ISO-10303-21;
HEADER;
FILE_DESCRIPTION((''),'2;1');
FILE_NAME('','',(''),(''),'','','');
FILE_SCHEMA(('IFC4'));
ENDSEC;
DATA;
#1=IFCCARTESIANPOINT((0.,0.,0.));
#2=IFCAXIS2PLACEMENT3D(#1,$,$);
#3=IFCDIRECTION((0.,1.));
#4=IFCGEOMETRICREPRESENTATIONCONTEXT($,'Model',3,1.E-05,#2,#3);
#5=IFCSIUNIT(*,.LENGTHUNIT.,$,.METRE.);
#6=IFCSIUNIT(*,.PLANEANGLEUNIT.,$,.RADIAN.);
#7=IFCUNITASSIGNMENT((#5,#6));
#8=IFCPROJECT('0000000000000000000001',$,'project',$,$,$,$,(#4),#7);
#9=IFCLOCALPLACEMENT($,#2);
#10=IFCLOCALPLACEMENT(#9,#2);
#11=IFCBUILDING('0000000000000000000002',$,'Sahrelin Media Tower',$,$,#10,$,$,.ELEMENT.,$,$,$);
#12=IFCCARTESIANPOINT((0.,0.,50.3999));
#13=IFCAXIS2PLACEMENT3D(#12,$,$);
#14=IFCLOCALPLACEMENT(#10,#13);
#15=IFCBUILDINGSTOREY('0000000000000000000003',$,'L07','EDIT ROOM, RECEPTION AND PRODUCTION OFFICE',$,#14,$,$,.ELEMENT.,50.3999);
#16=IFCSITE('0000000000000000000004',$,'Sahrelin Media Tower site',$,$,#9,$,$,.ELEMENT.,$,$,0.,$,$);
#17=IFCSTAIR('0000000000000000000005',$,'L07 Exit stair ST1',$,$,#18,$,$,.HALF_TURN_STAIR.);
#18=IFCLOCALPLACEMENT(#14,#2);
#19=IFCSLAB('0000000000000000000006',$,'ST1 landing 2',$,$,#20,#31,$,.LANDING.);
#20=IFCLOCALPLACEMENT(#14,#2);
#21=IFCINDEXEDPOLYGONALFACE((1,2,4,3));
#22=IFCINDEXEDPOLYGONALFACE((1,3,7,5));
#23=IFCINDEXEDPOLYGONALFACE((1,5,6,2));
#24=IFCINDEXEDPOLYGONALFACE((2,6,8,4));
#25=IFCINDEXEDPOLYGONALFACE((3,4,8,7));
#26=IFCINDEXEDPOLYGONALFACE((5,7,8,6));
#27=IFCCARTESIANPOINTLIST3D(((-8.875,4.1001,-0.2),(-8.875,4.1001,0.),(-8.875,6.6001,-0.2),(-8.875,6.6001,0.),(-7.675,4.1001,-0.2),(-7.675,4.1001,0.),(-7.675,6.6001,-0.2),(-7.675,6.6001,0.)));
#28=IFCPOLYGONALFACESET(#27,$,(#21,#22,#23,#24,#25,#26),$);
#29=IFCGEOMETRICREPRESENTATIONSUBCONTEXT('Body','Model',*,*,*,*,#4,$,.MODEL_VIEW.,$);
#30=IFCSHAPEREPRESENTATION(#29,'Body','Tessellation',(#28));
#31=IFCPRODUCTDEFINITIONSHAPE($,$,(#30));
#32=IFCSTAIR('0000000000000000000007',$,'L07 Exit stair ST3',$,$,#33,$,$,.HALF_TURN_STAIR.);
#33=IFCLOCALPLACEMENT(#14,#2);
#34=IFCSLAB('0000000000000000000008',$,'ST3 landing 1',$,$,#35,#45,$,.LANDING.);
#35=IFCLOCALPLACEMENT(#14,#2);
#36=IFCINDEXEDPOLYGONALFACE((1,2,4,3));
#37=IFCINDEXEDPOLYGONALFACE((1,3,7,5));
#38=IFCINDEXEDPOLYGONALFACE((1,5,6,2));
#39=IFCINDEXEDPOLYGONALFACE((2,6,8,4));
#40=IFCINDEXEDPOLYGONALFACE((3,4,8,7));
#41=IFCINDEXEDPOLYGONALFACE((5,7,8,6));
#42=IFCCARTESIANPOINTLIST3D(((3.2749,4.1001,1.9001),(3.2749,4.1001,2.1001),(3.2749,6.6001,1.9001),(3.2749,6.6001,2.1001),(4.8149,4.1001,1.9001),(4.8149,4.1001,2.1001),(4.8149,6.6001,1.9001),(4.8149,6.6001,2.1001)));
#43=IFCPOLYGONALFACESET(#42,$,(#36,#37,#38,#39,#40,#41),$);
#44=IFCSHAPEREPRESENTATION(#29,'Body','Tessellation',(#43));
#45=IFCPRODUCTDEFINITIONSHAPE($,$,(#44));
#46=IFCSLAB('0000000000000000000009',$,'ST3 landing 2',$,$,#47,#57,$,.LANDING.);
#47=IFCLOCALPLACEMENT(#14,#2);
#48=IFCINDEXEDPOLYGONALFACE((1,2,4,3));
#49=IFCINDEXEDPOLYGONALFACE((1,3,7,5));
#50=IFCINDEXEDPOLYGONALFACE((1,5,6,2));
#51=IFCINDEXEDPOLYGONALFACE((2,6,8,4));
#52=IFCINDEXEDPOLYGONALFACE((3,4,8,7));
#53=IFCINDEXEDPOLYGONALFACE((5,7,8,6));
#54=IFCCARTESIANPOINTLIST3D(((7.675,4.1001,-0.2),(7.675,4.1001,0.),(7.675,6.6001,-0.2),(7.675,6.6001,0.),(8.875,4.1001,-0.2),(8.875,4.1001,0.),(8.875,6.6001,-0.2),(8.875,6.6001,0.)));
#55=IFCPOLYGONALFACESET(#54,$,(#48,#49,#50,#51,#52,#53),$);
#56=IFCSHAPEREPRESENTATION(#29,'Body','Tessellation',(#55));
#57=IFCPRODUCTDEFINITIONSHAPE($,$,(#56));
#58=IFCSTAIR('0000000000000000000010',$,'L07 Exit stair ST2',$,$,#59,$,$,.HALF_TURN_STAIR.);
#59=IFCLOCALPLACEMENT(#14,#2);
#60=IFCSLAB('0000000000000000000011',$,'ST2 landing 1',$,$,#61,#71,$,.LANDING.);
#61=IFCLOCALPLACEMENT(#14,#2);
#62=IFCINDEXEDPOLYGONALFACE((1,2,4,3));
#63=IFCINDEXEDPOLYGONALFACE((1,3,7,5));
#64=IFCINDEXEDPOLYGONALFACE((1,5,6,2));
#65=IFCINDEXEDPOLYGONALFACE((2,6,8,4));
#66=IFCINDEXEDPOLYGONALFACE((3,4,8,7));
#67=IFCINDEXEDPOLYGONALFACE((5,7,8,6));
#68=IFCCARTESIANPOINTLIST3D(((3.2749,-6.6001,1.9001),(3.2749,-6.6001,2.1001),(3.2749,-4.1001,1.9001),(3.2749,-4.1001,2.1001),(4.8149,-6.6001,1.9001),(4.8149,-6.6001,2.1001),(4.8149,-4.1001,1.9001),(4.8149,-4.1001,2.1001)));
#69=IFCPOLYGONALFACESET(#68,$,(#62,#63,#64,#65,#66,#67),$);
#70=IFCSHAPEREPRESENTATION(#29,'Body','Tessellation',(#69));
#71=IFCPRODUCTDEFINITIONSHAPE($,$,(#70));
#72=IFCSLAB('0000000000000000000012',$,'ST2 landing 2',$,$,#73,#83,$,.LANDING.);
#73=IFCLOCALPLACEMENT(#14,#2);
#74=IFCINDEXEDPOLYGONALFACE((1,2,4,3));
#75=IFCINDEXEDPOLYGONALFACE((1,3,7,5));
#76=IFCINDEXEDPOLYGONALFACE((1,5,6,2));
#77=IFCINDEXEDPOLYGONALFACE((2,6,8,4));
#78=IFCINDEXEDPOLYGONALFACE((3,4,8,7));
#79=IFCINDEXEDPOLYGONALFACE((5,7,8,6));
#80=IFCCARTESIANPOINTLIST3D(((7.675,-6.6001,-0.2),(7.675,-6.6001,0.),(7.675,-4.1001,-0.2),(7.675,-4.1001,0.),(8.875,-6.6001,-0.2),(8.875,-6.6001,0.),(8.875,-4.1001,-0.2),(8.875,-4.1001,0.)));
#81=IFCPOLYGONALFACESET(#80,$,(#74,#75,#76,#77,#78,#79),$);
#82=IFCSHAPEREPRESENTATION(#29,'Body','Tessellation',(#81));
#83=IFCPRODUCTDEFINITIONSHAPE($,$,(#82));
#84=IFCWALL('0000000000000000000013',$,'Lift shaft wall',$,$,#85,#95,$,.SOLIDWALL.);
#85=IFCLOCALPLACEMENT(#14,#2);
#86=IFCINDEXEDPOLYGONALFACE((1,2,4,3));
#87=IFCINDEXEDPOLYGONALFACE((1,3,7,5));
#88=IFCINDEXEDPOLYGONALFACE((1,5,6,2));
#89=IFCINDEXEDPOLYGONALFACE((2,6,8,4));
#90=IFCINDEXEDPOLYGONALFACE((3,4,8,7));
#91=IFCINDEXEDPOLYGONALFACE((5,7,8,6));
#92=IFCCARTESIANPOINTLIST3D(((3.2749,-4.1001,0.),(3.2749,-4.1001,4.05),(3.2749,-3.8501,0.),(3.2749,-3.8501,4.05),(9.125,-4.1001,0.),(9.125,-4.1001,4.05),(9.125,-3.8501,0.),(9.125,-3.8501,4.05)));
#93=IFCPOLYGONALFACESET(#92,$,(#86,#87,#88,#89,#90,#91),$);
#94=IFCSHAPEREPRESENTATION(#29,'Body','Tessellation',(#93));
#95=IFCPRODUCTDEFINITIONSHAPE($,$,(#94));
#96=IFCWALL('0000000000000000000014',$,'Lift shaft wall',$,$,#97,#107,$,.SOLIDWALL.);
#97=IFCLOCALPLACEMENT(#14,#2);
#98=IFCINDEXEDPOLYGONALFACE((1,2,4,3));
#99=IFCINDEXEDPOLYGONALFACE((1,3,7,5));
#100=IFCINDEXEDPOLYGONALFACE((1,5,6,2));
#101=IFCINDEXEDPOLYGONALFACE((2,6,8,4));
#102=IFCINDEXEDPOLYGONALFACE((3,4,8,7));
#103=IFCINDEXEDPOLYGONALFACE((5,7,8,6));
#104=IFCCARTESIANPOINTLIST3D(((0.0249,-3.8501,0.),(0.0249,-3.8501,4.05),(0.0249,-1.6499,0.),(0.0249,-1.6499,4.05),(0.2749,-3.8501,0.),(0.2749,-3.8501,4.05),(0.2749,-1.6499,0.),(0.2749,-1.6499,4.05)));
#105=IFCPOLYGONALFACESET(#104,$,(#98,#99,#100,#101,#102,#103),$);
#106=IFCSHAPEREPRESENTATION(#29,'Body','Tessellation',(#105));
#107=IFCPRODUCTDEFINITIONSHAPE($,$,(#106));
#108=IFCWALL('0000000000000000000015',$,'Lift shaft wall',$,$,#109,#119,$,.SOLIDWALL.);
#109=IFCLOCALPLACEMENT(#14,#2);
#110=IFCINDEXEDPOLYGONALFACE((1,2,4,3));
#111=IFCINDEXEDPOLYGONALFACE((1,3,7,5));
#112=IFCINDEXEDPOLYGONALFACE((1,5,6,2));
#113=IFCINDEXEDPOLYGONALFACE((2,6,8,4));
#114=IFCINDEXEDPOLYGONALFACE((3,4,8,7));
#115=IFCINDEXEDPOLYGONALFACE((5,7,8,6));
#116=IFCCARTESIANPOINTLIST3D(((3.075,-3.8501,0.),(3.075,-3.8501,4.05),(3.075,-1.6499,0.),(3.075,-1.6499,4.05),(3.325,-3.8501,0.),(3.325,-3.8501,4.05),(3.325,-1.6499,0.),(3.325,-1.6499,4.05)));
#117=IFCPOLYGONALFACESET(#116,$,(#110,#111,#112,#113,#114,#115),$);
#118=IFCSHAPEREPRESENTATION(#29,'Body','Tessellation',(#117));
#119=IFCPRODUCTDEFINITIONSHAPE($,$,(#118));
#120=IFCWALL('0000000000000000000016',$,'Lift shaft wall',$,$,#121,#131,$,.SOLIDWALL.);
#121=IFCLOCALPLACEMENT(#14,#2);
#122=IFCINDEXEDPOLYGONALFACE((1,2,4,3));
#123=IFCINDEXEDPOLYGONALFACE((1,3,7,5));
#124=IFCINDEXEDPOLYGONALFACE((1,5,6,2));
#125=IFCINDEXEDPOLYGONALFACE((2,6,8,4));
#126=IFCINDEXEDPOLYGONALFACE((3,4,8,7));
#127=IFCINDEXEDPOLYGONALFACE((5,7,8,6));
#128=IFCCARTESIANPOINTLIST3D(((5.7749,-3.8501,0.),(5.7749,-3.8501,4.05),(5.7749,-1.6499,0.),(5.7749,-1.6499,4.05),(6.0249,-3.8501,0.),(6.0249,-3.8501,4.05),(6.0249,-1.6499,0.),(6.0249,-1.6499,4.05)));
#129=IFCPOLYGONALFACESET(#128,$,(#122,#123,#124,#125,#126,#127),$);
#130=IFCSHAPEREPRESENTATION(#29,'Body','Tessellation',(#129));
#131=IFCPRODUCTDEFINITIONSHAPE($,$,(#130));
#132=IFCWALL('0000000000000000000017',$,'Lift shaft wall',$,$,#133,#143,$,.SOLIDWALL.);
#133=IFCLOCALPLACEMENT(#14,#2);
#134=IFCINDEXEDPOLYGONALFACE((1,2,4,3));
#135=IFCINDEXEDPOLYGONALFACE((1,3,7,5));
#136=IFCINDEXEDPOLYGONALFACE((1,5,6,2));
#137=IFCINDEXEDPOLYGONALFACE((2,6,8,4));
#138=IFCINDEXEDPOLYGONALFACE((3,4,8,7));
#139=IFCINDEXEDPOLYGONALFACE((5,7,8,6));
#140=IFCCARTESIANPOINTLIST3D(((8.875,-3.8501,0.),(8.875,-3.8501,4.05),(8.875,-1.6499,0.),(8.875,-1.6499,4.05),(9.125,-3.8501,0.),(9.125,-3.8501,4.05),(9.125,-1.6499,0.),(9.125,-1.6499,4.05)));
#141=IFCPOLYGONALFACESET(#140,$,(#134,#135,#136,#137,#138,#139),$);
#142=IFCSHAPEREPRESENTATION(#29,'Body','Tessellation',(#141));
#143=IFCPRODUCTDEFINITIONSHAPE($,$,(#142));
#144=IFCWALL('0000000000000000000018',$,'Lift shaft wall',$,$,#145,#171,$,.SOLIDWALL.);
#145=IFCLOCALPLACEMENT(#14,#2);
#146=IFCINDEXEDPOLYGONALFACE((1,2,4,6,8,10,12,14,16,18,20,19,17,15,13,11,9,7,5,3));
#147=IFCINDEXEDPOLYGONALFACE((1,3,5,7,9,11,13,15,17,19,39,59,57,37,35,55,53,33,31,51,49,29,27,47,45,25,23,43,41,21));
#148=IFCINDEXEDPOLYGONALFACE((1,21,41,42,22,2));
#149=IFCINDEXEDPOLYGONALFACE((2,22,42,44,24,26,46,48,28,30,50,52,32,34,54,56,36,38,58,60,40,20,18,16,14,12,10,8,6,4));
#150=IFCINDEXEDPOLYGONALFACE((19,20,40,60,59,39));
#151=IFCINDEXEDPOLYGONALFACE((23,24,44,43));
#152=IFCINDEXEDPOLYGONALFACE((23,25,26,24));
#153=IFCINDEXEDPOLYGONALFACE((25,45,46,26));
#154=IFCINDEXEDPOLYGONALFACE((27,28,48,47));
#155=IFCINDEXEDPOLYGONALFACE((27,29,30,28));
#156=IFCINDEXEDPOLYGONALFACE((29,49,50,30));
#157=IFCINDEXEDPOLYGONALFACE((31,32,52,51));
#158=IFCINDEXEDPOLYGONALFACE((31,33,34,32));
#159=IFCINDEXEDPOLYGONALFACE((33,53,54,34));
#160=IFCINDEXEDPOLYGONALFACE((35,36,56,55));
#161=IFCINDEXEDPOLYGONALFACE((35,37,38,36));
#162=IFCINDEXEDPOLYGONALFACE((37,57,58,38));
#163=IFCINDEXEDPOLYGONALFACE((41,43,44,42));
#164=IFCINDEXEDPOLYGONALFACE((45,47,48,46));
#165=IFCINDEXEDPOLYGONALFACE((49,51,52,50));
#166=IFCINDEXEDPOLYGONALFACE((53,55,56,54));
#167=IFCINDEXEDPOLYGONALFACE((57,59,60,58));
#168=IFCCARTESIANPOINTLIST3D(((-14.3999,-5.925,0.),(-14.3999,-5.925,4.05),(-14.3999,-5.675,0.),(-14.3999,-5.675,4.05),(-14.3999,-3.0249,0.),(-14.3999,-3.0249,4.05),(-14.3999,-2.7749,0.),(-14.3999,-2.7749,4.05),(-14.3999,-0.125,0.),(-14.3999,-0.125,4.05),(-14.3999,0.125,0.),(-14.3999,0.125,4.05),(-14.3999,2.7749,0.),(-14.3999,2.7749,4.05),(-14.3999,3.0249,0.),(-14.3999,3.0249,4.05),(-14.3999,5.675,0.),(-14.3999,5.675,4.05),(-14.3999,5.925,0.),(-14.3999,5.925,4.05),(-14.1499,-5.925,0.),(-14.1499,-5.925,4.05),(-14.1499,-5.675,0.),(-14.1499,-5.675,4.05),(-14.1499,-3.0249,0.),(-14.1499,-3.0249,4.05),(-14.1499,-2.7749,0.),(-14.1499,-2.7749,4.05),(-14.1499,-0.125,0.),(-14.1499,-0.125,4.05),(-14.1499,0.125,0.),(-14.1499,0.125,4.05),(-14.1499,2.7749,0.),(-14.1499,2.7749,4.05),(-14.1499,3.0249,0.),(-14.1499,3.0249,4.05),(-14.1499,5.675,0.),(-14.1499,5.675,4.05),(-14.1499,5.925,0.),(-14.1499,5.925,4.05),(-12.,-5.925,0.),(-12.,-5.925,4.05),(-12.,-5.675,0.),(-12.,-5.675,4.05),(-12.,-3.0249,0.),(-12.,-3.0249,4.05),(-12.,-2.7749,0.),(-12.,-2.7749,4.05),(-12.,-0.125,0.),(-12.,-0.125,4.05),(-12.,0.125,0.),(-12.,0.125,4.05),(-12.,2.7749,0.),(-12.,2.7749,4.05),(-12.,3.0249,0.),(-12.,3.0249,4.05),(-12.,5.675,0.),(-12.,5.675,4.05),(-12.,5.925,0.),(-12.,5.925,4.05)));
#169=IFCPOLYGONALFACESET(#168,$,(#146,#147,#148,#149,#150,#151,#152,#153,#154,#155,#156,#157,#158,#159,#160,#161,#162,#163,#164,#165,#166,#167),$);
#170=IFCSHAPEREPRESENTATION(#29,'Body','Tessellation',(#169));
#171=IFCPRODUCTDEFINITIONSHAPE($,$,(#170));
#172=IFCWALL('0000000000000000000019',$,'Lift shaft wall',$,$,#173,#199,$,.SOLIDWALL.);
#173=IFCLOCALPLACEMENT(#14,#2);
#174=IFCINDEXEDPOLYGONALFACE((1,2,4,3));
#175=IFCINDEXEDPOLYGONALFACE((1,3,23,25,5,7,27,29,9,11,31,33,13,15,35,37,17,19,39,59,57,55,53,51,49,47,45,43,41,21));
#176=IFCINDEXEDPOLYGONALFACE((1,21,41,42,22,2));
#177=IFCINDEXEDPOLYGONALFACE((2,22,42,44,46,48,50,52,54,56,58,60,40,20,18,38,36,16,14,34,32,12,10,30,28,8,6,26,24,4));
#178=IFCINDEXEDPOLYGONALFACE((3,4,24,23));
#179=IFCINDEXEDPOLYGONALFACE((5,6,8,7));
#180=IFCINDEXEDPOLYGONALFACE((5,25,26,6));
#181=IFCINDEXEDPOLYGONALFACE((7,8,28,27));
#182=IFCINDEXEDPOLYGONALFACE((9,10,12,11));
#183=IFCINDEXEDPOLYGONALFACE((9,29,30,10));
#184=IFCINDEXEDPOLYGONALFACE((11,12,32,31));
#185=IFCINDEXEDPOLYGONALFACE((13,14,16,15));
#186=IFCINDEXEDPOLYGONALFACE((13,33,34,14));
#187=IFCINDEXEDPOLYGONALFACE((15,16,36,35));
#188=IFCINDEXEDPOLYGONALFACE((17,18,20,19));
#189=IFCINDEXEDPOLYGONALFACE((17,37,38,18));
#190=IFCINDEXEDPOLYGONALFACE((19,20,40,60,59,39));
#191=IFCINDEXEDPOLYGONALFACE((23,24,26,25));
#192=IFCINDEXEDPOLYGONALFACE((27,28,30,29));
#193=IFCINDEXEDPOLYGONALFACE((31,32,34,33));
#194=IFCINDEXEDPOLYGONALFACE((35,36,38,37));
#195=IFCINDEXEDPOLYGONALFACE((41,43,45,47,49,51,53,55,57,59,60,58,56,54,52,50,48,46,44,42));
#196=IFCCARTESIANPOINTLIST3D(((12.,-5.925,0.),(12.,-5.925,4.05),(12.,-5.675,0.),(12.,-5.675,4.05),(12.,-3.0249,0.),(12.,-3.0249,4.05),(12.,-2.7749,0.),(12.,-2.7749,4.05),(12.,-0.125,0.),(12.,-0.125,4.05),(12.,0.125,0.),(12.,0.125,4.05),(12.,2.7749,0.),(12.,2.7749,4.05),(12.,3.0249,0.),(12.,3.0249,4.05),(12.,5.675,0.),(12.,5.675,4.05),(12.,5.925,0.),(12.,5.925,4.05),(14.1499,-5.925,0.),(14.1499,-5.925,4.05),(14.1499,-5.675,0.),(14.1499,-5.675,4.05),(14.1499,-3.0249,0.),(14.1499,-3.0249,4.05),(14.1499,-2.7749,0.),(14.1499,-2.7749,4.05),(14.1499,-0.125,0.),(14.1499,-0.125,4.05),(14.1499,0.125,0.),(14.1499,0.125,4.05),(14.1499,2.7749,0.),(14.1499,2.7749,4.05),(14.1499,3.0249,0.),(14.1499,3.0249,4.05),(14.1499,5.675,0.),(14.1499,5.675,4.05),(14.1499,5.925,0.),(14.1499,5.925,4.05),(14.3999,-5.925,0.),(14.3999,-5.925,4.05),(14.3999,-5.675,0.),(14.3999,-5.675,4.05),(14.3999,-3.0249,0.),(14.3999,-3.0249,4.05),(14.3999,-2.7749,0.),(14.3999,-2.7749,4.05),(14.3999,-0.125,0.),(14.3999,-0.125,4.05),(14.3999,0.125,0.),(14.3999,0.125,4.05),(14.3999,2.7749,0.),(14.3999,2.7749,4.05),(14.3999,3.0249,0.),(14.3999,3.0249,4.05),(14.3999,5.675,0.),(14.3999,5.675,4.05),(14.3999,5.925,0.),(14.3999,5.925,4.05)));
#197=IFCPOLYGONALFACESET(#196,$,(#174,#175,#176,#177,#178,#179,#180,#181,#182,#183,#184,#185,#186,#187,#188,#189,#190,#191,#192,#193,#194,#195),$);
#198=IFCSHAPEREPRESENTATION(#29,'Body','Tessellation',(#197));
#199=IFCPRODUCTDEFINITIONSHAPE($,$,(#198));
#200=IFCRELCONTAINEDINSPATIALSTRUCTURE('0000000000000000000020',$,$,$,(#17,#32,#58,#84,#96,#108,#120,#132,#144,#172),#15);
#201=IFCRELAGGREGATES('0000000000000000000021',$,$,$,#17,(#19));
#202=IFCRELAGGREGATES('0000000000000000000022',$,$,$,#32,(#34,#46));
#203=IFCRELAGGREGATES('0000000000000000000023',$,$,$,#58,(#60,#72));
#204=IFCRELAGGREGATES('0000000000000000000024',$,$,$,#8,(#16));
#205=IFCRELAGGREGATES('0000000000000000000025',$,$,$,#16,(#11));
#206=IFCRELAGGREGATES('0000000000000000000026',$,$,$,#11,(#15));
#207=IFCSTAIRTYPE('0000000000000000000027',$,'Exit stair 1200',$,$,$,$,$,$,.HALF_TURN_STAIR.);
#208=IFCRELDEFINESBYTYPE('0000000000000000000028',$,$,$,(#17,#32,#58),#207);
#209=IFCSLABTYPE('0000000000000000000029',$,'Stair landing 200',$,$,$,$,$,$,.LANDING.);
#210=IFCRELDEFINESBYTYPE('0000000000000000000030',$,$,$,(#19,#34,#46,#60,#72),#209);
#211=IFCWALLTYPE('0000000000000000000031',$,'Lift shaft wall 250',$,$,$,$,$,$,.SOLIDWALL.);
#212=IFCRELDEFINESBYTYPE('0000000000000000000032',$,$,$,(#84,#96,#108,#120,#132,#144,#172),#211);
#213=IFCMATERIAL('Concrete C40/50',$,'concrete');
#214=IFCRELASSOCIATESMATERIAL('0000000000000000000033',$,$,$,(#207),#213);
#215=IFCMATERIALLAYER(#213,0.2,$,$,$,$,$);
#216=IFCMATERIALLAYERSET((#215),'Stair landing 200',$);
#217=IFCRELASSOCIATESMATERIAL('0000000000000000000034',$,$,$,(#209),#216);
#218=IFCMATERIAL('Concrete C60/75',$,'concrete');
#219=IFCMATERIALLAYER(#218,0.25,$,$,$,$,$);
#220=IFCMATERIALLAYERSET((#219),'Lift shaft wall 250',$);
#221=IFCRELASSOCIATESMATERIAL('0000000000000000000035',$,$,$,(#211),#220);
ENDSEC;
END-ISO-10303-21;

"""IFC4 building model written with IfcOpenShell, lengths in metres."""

from ifc_helpers import new_model, si_unit, direction, frame, frame_2d, origin, place, context, subcontext, project, spatial, polyline, rectangle, outline, extrude, material, layer, layer_set, type_object, element, aggregate, save


model = new_model("IFC4")

# Units and contexts
model_context = context("Model", 3, precision=1e-05, world=origin(), true_north=direction((0.0, 1.0)))
body_context = subcontext(model_context, "Body", "Model", "MODEL_VIEW")
ifc_project = project(units=[si_unit("LENGTHUNIT", "METRE"), si_unit("PLANEANGLEUNIT", "RADIAN")], contexts=[model_context])

# Site, building, storey
site_placement = place(None, origin())
site = spatial("IfcSite", under=ifc_project, at=site_placement, Name="Sahrelin Media Tower site", CompositionType="ELEMENT", RefElevation=0.0)
building_placement = place(site_placement, origin())
building = spatial("IfcBuilding", under=site, at=building_placement, Name="Sahrelin Media Tower", CompositionType="ELEMENT")
storey_placement = place(building_placement, frame((0.0, 0.0, 50.3999)))
storey = spatial("IfcBuildingStorey", under=building, at=storey_placement, Name="L07", Description="EDIT ROOM, RECEPTION AND PRODUCTION OFFICE", CompositionType="ELEMENT", Elevation=50.3999)

# Shared definitions
ifc_material_1 = material(Name="Concrete C40/50", Category="concrete")

# Stairs, slabs
stair_type = type_object("IfcStairType", Name="Exit stair 1200", PredefinedType="HALF_TURN_STAIR", material=ifc_material_1)
placement_1 = place(storey_placement, origin())
stair_1 = element("IfcStair", 1, at=placement_1, inside=storey, type_object=stair_type, Name="L07 Exit stair ST1", PredefinedType="HALF_TURN_STAIR")
ifc_layer_1 = layer(ifc_material_1, 0.2)
ifc_layer_set_1 = layer_set([ifc_layer_1], Name="Stair landing 200")
slab_type_1 = type_object("IfcSlabType", Name="Stair landing 200", PredefinedType="LANDING", material=ifc_layer_set_1)
placement_2 = place(storey_placement, frame((0.0, 0.0, 1.9001)))
placement_3 = place(storey_placement, frame((0.0, 0.0, -0.2)))
slab_1 = element("IfcSlab", 2, at=placement_3, type_object=slab_type_1, Name="ST1 landing 2", PredefinedType="LANDING", context=body_context, shape_type="SweptSolid", body=[
    extrude(outline(polyline([(-8.875, 4.1001), (-7.675, 4.1001), (-7.675, 6.6001), (-8.875, 6.6001), (-8.875, 4.1001)])), origin(), (0.0, 0.0, 1.0), 0.2),
])
aggregate(stair_1, [slab_1])
stair_2 = element("IfcStair", 3, at=placement_1, inside=storey, type_object=stair_type, Name="L07 Exit stair ST3", PredefinedType="HALF_TURN_STAIR")
slab_2 = element("IfcSlab", 4, at=placement_2, type_object=slab_type_1, Name="ST3 landing 1", PredefinedType="LANDING", context=body_context, shape_type="SweptSolid", body=[
    extrude(outline(polyline([(4.8149, 6.6001), (3.2749, 6.6001), (3.2749, 4.1001), (4.8149, 4.1001), (4.8149, 6.6001)])), origin(), (0.0, 0.0, 1.0), 0.2),
])
slab_3 = element("IfcSlab", 5, at=placement_3, type_object=slab_type_1, Name="ST3 landing 2", PredefinedType="LANDING", context=body_context, shape_type="SweptSolid", body=[
    extrude(outline(polyline([(8.875, 6.6001), (7.675, 6.6001), (7.675, 4.1001), (8.875, 4.1001), (8.875, 6.6001)])), origin(), (0.0, 0.0, 1.0), 0.2),
])
aggregate(stair_2, [slab_2, slab_3])
stair_3 = element("IfcStair", 6, at=placement_1, inside=storey, type_object=stair_type, Name="L07 Exit stair ST2", PredefinedType="HALF_TURN_STAIR")
slab_4 = element("IfcSlab", 7, at=placement_2, type_object=slab_type_1, Name="ST2 landing 1", PredefinedType="LANDING", context=body_context, shape_type="SweptSolid", body=[
    extrude(outline(polyline([(4.8149, -4.1001), (3.2749, -4.1001), (3.2749, -6.6001), (4.8149, -6.6001), (4.8149, -4.1001)])), origin(), (0.0, 0.0, 1.0), 0.2),
])
slab_5 = element("IfcSlab", 8, at=placement_3, type_object=slab_type_1, Name="ST2 landing 2", PredefinedType="LANDING", context=body_context, shape_type="SweptSolid", body=[
    extrude(outline(polyline([(8.875, -4.1001), (7.675, -4.1001), (7.675, -6.6001), (8.875, -6.6001), (8.875, -4.1001)])), origin(), (0.0, 0.0, 1.0), 0.2),
])
aggregate(stair_3, [slab_4, slab_5])

# Walls
ifc_material_2 = material(Name="Concrete C60/75", Category="concrete")
ifc_layer_2 = layer(ifc_material_2, 0.25)
ifc_layer_set_2 = layer_set([ifc_layer_2], Name="Lift shaft wall 250")
wall_type_1 = type_object("IfcWallType", Name="Lift shaft wall 250", PredefinedType="SOLIDWALL", material=ifc_layer_set_2)
wall_1_placement = place(storey_placement, frame((3.2749, -3.9751, 0.0), z_axis=(0.0, 0.0, 1.0), x_axis=(1.0, 0.0, 0.0)))
element("IfcWall", 9, at=wall_1_placement, inside=storey, type_object=wall_type_1, Name="Lift shaft wall", PredefinedType="SOLIDWALL", context=body_context, shape_type="SweptSolid", body=[
    extrude(rectangle(XDim=5.8501, YDim=0.25, at=frame_2d((2.925, 0.0))), origin(), (0.0, 0.0, 1.0), 4.05),
])
for number, where, z_axis, x_axis, name in (
    (10, (0.1499, -3.8501, 0.0), (0.0, 0.0, 1.0), (0.0, 1.0, 0.0), "Lift shaft wall"),
    (11, (3.2, -3.8501, 0.0), (0.0, 0.0, 1.0), (0.0, 1.0, 0.0), "Lift shaft wall"),
    (12, (5.8999, -3.8501, 0.0), (0.0, 0.0, 1.0), (0.0, 1.0, 0.0), "Lift shaft wall"),
    (13, (9.0, -3.8501, 0.0), (0.0, 0.0, 1.0), (0.0, 1.0, 0.0), "Lift shaft wall"),
):
    element("IfcWall", number, at=place(storey_placement, frame(where, z_axis=z_axis, x_axis=x_axis)), inside=storey, type_object=wall_type_1, Name=name, PredefinedType="SOLIDWALL", context=body_context, shape_type="SweptSolid", body=[
        extrude(rectangle(XDim=2.2002, YDim=0.25, at=frame_2d((1.1001, 0.0))), origin(), (0.0, 0.0, 1.0), 4.05),
    ])
element("IfcWall", 14, at=placement_1, inside=storey, type_object=wall_type_1, Name="Lift shaft wall", PredefinedType="SOLIDWALL", context=body_context, shape_type="SweptSolid", body=[
    extrude(outline(polyline([(-12.0, -5.925), (-12.0, -5.675), (-14.1499, -5.675), (-14.1499, -3.0249), (-12.0, -3.0249), (-12.0, -2.7749), (-14.1499, -2.7749), (-14.1499, -0.125), (-12.0, -0.125), (-12.0, 0.125), (-14.1499, 0.125), (-14.1499, 2.7749), (-12.0, 2.7749), (-12.0, 3.0249), (-14.1499, 3.0249), (-14.1499, 5.675), (-12.0, 5.675), (-12.0, 5.925), (-14.1499, 5.925), (-14.3999, 5.925), (-14.3999, 5.675), (-14.3999, 3.0249), (-14.3999, 2.7749), (-14.3999, 0.125), (-14.3999, -0.125), (-14.3999, -2.7749), (-14.3999, -3.0249), (-14.3999, -5.675), (-14.3999, -5.925), (-14.1499, -5.925), (-12.0, -5.925)])), origin(), (0.0, 0.0, 1.0), 4.05),
])
element("IfcWall", 15, at=placement_1, inside=storey, type_object=wall_type_1, Name="Lift shaft wall", PredefinedType="SOLIDWALL", context=body_context, shape_type="SweptSolid", body=[
    extrude(outline(polyline([(12.0, -5.675), (12.0, -5.925), (14.1499, -5.925), (14.3999, -5.925), (14.3999, -5.675), (14.3999, -3.0249), (14.3999, -2.7749), (14.3999, -0.125), (14.3999, 0.125), (14.3999, 2.7749), (14.3999, 3.0249), (14.3999, 5.675), (14.3999, 5.925), (14.1499, 5.925), (12.0, 5.925), (12.0, 5.675), (14.1499, 5.675), (14.1499, 3.0249), (12.0, 3.0249), (12.0, 2.7749), (14.1499, 2.7749), (14.1499, 0.125), (12.0, 0.125), (12.0, -0.125), (14.1499, -0.125), (14.1499, -2.7749), (12.0, -2.7749), (12.0, -3.0249), (14.1499, -3.0249), (14.1499, -5.675), (12.0, -5.675)])), origin(), (0.0, 0.0, 1.0), 4.05),
])

save(model, "model.ifc")
